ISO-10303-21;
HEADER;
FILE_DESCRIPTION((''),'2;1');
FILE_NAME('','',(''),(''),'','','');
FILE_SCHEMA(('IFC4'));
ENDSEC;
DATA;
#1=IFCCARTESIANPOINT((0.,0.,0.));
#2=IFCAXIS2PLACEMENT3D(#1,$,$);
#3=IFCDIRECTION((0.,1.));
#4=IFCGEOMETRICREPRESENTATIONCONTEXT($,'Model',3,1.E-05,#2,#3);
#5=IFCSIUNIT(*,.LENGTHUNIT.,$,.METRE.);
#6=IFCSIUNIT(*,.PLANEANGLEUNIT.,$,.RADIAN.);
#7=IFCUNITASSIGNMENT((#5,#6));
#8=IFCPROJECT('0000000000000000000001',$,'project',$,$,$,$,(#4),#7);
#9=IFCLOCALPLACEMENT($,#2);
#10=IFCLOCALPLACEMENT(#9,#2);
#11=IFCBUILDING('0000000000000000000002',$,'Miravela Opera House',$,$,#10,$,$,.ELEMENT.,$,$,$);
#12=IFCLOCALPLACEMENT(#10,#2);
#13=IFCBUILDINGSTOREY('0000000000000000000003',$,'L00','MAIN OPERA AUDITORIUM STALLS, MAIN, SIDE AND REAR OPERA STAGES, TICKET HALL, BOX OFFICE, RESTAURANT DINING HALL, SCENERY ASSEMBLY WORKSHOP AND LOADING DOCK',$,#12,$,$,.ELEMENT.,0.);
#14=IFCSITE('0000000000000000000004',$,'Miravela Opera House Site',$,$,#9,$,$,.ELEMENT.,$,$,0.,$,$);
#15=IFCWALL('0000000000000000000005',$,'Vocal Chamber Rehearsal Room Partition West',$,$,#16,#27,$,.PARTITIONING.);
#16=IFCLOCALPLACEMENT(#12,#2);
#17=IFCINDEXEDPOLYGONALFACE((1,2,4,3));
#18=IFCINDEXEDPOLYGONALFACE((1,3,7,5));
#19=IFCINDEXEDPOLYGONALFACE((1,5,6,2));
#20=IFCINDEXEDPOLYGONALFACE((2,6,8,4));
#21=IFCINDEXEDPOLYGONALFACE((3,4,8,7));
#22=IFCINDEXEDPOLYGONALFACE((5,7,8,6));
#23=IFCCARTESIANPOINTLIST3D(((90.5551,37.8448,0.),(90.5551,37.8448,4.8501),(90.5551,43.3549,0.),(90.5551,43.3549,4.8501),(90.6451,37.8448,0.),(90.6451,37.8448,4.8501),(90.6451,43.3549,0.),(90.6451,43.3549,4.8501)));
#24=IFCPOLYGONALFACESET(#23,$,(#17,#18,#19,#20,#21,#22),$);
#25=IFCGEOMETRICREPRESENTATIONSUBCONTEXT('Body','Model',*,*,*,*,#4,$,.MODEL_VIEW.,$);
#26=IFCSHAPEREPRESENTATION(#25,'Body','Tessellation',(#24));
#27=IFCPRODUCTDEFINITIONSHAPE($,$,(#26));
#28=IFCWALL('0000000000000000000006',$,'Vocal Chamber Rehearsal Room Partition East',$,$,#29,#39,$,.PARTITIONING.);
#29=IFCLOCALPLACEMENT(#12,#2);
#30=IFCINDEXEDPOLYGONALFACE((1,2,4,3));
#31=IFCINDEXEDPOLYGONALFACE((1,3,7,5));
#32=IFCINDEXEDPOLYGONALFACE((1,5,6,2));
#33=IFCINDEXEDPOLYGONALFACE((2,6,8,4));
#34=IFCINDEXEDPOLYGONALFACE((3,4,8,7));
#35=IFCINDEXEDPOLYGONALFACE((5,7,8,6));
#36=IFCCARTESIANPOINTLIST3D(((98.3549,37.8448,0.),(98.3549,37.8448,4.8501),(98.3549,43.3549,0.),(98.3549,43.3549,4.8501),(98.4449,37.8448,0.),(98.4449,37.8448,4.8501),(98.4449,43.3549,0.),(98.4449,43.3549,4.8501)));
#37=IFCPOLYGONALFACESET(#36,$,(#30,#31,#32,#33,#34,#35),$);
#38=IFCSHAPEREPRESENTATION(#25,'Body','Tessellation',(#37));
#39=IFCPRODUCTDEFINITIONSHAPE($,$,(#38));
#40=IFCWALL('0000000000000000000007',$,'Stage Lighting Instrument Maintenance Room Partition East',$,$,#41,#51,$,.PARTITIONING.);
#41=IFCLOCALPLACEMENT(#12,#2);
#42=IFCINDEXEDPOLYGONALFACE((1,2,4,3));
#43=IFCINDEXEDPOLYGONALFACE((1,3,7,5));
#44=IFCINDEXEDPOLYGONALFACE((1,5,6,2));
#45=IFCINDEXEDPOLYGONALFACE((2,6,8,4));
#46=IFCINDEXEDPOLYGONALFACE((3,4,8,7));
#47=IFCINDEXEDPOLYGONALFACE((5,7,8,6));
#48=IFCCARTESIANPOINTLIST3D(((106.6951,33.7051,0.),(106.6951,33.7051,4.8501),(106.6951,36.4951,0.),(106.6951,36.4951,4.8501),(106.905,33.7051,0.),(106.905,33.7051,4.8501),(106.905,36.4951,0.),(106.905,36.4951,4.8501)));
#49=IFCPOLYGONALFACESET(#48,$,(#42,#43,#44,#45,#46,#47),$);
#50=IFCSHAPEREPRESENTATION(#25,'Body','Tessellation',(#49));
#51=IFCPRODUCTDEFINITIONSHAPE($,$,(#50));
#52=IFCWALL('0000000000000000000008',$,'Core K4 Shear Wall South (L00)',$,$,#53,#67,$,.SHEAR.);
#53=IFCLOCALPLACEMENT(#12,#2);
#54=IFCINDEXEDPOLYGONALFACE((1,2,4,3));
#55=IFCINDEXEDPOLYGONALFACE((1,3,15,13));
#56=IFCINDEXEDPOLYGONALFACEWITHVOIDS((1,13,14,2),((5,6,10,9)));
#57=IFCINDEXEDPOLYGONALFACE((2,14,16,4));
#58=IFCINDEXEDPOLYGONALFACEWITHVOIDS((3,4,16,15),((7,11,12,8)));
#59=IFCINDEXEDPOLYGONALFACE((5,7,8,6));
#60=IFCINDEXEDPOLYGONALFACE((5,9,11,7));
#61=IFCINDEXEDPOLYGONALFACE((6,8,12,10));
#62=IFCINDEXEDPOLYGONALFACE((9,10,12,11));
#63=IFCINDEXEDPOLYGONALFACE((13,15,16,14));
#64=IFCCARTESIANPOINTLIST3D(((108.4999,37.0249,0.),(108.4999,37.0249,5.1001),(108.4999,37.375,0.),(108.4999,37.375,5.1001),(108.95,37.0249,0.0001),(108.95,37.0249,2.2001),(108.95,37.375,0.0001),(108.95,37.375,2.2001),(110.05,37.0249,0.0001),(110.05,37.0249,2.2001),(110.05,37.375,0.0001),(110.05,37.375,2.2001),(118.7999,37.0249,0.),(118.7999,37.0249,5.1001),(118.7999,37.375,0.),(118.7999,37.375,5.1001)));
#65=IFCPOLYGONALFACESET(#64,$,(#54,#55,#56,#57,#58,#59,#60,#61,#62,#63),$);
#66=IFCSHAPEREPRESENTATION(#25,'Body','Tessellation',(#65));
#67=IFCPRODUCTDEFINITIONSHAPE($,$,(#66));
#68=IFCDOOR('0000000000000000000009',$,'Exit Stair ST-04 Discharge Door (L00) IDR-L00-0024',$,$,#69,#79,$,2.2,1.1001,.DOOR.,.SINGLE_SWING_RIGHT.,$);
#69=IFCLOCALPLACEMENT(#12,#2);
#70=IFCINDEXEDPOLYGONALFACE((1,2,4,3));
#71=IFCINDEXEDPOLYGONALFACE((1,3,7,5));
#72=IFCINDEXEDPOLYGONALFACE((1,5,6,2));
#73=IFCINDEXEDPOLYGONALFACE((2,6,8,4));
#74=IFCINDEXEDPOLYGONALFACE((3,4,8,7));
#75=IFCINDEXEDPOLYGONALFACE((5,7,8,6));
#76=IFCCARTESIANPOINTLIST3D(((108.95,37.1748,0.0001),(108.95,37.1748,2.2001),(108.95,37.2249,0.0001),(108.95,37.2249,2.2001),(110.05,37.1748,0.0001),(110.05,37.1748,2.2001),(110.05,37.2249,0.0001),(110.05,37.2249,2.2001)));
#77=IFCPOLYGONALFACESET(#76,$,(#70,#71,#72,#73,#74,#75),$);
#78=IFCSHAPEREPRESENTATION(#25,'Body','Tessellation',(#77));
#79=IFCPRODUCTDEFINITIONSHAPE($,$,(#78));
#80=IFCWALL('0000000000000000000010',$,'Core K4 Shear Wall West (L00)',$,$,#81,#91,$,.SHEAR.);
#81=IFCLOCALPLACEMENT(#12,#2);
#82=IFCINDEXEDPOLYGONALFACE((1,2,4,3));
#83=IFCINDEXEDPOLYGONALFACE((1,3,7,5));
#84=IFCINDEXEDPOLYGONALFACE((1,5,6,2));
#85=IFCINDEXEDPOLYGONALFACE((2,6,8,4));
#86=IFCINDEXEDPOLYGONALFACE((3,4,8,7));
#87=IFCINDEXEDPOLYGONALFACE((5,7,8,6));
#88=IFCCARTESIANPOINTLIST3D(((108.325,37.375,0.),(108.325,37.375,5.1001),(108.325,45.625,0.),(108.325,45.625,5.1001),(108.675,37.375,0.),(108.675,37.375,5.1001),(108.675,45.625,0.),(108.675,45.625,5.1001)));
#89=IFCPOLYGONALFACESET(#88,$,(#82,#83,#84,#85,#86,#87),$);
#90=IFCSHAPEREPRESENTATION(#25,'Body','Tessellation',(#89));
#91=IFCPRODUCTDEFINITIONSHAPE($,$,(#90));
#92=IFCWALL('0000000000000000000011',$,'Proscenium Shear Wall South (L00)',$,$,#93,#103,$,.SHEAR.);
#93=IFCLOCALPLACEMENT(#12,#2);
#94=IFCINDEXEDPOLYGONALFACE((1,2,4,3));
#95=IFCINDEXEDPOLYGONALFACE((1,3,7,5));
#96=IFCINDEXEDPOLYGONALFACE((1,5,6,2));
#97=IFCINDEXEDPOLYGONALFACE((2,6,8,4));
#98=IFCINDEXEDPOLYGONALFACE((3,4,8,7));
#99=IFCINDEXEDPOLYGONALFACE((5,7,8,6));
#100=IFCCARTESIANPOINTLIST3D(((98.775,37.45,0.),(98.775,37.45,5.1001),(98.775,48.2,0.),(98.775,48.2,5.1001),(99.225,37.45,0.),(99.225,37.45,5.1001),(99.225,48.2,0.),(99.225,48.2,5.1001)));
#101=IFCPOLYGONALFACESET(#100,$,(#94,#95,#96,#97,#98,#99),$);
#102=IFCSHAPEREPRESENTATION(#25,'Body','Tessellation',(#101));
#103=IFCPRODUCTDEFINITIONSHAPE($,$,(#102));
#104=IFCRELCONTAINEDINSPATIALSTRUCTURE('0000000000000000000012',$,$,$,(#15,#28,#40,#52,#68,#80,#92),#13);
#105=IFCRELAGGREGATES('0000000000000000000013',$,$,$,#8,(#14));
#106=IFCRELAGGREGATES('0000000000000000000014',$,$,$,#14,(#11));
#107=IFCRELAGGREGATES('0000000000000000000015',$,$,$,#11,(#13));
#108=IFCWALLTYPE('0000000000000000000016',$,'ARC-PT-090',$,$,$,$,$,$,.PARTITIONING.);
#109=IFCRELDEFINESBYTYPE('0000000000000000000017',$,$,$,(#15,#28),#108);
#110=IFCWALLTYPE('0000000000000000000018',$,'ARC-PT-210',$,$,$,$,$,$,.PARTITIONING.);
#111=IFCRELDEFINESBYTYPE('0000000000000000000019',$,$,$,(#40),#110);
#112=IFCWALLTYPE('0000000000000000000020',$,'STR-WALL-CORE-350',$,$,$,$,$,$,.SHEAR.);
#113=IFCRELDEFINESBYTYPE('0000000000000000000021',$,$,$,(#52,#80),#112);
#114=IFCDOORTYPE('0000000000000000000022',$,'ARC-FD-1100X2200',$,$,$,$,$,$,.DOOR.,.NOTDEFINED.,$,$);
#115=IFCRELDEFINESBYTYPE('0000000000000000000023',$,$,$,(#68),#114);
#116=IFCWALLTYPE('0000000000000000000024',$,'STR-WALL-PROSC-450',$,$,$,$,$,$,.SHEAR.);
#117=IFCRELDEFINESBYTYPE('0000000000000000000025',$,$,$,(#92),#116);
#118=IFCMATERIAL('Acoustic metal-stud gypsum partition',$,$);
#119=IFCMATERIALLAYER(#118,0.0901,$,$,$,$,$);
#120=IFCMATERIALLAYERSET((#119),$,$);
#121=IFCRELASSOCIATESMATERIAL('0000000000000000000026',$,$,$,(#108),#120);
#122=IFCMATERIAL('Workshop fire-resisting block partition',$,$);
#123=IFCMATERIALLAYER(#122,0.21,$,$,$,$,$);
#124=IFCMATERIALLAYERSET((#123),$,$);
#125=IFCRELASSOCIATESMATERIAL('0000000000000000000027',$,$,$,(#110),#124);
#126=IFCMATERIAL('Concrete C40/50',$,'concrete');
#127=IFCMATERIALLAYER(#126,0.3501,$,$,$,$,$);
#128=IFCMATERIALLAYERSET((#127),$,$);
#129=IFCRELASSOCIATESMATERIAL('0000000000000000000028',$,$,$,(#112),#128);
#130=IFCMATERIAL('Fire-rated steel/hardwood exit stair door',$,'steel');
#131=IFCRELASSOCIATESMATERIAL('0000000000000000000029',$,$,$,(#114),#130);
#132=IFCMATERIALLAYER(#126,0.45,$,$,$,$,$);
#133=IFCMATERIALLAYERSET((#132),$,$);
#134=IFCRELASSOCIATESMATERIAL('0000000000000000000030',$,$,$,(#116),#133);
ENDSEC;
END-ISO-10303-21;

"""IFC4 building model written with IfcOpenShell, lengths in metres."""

from ifc_helpers import new_model, si_unit, direction, frame, frame_2d, origin, place, context, subcontext, project, spatial, rectangle, extrude, material, layer, layer_set, type_object, element, fill, save


model = new_model("IFC4")

# Units and contexts
model_context = context("Model", 3, precision=1e-05, world=origin(), true_north=direction((0.0, 1.0)))
body_context = subcontext(model_context, "Body", "Model", "MODEL_VIEW")
ifc_project = project(units=[si_unit("LENGTHUNIT", "METRE"), si_unit("PLANEANGLEUNIT", "RADIAN")], contexts=[model_context])

# Site, building, storey
site_placement = place(None, origin())
site = spatial("IfcSite", under=ifc_project, at=site_placement, Name="Miravela Opera House Site", CompositionType="ELEMENT", RefElevation=0.0)
building_placement = place(site_placement, origin())
building = spatial("IfcBuilding", under=site, at=building_placement, Name="Miravela Opera House", CompositionType="ELEMENT")
storey_placement = place(building_placement, origin())
storey = spatial("IfcBuildingStorey", under=building, at=storey_placement, Name="L00", Description="MAIN OPERA AUDITORIUM STALLS, MAIN, SIDE AND REAR OPERA STAGES, TICKET HALL, BOX OFFICE, RESTAURANT DINING HALL, SCENERY ASSEMBLY WORKSHOP AND LOADING DOCK", CompositionType="ELEMENT", Elevation=0.0)

# Shared definitions
ifc_material_1 = material(Name="Concrete C40/50", Category="concrete")

# Shared definitions
ifc_material_2 = material(Name="Acoustic metal-stud gypsum partition")
ifc_layer_1 = layer(ifc_material_2, 0.0901)
ifc_layer_set_1 = layer_set([ifc_layer_1])
wall_type_1 = type_object("IfcWallType", Name="ARC-PT-090", PredefinedType="PARTITIONING", material=ifc_layer_set_1)

# Walls
for number, where, z_axis, x_axis, name in (
    (1, (90.6001, 37.845, 0.0), (0.0, 0.0, 1.0), (0.0, 1.0, 0.0), "Vocal Chamber Rehearsal Room Partition West"),
    (2, (98.3999, 37.845, 0.0), (0.0, 0.0, 1.0), (0.0, 1.0, 0.0), "Vocal Chamber Rehearsal Room Partition East"),
):
    element("IfcWall", number, at=place(storey_placement, frame(where, z_axis=z_axis, x_axis=x_axis)), inside=storey, type_object=wall_type_1, Name=name, PredefinedType="PARTITIONING", context=body_context, shape_type="SweptSolid", body=[
        extrude(rectangle(XDim=5.51, YDim=0.0901, at=frame_2d((2.7549, 0.0))), origin(), (0.0, 0.0, 1.0), 4.8501),
    ])
ifc_material_3 = material(Name="Workshop fire-resisting block partition")
ifc_layer_2 = layer(ifc_material_3, 0.21)
ifc_layer_set_2 = layer_set([ifc_layer_2])
wall_type_2 = type_object("IfcWallType", Name="ARC-PT-210", PredefinedType="PARTITIONING", material=ifc_layer_set_2)
wall_1_placement = place(storey_placement, frame((106.8, 33.7051, 0.0), z_axis=(0.0, 0.0, 1.0), x_axis=(0.0, 1.0, 0.0)))
element("IfcWall", 3, at=wall_1_placement, inside=storey, type_object=wall_type_2, Name="Stage Lighting Instrument Maintenance Room Partition East", PredefinedType="PARTITIONING", context=body_context, shape_type="SweptSolid", body=[
    extrude(rectangle(XDim=2.79, YDim=0.21, at=frame_2d((1.395, 0.0))), origin(), (0.0, 0.0, 1.0), 4.8501),
])

# Wall, opening, door
ifc_layer_3 = layer(ifc_material_1, 0.3501)
ifc_layer_set_3 = layer_set([ifc_layer_3])
wall_type_3 = type_object("IfcWallType", Name="STR-WALL-CORE-350", PredefinedType="SHEAR", material=ifc_layer_set_3)
wall_2_placement = place(storey_placement, frame((108.5, 37.2, 0.0), z_axis=(0.0, 0.0, 1.0), x_axis=(1.0, 0.0, 0.0)))
wall_2 = element("IfcWall", 4, at=wall_2_placement, inside=storey, type_object=wall_type_3, Name="Core K4 Shear Wall South (L00)", PredefinedType="SHEAR", context=body_context, shape_type="SweptSolid", body=[
    extrude(rectangle(XDim=10.3, YDim=0.3501, at=frame_2d((5.1499, 0.0))), origin(), (0.0, 0.0, 1.0), 5.1001),
])
opening_1_placement = place(wall_2_placement, frame((0.45, 0.0, 0.0)))
opening_1 = element("IfcOpeningElement", 5, at=opening_1_placement, cuts=wall_2, PredefinedType="OPENING", context=body_context, shape_type="SweptSolid", body=[
    extrude(rectangle(XDim=1.1001, YDim=2.2, at=frame_2d((0.55, 1.1001))), frame((0.0, 0.1851, 0.0), z_axis=(0.0, -1.0, 0.0), x_axis=(1.0, 0.0, 0.0)), (0.0, 0.0, 1.0), 0.3701),
])
ifc_material_4 = material(Name="Fire-rated steel/hardwood exit stair door", Category="steel")
door_type_1 = type_object("IfcDoorType", Name="ARC-FD-1100X2200", OperationType="NOTDEFINED", PredefinedType="DOOR", material=ifc_material_4)
door_1_placement = place(opening_1_placement, origin())
door_1 = element("IfcDoor", 6, at=door_1_placement, inside=storey, type_object=door_type_1, Name="Exit Stair ST-04 Discharge Door (L00) IDR-L00-0024", OperationType="SINGLE_SWING_RIGHT", OverallHeight=2.2, OverallWidth=1.1001, PredefinedType="DOOR", context=body_context, shape_type="SweptSolid", body=[
    extrude(rectangle(XDim=1.1001, YDim=2.2, at=frame_2d((0.55, 1.1001))), frame((0.0, 0.0249, 0.0), z_axis=(0.0, -1.0, 0.0), x_axis=(1.0, 0.0, 0.0)), (0.0, 0.0, 1.0), 0.05),
])
fill(opening_1, door_1)

# Walls
wall_3_placement = place(storey_placement, frame((108.5, 37.375, 0.0), z_axis=(0.0, 0.0, 1.0), x_axis=(0.0, 1.0, 0.0)))
element("IfcWall", 7, at=wall_3_placement, inside=storey, type_object=wall_type_3, Name="Core K4 Shear Wall West (L00)", PredefinedType="SHEAR", context=body_context, shape_type="SweptSolid", body=[
    extrude(rectangle(XDim=8.25, YDim=0.3501, at=frame_2d((4.125, 0.0))), origin(), (0.0, 0.0, 1.0), 5.1001),
])
ifc_layer_4 = layer(ifc_material_1, 0.45)
ifc_layer_set_4 = layer_set([ifc_layer_4])
wall_type_4 = type_object("IfcWallType", Name="STR-WALL-PROSC-450", PredefinedType="SHEAR", material=ifc_layer_set_4)
wall_4_placement = place(storey_placement, frame((99.0, 37.45, 0.0), z_axis=(0.0, 0.0, 1.0), x_axis=(0.0, 1.0, 0.0)))
element("IfcWall", 8, at=wall_4_placement, inside=storey, type_object=wall_type_4, Name="Proscenium Shear Wall South (L00)", PredefinedType="SHEAR", context=body_context, shape_type="SweptSolid", body=[
    extrude(rectangle(XDim=10.75, YDim=0.45, at=frame_2d((5.375, 0.0))), origin(), (0.0, 0.0, 1.0), 5.1001),
])

save(model, "model.ifc")
